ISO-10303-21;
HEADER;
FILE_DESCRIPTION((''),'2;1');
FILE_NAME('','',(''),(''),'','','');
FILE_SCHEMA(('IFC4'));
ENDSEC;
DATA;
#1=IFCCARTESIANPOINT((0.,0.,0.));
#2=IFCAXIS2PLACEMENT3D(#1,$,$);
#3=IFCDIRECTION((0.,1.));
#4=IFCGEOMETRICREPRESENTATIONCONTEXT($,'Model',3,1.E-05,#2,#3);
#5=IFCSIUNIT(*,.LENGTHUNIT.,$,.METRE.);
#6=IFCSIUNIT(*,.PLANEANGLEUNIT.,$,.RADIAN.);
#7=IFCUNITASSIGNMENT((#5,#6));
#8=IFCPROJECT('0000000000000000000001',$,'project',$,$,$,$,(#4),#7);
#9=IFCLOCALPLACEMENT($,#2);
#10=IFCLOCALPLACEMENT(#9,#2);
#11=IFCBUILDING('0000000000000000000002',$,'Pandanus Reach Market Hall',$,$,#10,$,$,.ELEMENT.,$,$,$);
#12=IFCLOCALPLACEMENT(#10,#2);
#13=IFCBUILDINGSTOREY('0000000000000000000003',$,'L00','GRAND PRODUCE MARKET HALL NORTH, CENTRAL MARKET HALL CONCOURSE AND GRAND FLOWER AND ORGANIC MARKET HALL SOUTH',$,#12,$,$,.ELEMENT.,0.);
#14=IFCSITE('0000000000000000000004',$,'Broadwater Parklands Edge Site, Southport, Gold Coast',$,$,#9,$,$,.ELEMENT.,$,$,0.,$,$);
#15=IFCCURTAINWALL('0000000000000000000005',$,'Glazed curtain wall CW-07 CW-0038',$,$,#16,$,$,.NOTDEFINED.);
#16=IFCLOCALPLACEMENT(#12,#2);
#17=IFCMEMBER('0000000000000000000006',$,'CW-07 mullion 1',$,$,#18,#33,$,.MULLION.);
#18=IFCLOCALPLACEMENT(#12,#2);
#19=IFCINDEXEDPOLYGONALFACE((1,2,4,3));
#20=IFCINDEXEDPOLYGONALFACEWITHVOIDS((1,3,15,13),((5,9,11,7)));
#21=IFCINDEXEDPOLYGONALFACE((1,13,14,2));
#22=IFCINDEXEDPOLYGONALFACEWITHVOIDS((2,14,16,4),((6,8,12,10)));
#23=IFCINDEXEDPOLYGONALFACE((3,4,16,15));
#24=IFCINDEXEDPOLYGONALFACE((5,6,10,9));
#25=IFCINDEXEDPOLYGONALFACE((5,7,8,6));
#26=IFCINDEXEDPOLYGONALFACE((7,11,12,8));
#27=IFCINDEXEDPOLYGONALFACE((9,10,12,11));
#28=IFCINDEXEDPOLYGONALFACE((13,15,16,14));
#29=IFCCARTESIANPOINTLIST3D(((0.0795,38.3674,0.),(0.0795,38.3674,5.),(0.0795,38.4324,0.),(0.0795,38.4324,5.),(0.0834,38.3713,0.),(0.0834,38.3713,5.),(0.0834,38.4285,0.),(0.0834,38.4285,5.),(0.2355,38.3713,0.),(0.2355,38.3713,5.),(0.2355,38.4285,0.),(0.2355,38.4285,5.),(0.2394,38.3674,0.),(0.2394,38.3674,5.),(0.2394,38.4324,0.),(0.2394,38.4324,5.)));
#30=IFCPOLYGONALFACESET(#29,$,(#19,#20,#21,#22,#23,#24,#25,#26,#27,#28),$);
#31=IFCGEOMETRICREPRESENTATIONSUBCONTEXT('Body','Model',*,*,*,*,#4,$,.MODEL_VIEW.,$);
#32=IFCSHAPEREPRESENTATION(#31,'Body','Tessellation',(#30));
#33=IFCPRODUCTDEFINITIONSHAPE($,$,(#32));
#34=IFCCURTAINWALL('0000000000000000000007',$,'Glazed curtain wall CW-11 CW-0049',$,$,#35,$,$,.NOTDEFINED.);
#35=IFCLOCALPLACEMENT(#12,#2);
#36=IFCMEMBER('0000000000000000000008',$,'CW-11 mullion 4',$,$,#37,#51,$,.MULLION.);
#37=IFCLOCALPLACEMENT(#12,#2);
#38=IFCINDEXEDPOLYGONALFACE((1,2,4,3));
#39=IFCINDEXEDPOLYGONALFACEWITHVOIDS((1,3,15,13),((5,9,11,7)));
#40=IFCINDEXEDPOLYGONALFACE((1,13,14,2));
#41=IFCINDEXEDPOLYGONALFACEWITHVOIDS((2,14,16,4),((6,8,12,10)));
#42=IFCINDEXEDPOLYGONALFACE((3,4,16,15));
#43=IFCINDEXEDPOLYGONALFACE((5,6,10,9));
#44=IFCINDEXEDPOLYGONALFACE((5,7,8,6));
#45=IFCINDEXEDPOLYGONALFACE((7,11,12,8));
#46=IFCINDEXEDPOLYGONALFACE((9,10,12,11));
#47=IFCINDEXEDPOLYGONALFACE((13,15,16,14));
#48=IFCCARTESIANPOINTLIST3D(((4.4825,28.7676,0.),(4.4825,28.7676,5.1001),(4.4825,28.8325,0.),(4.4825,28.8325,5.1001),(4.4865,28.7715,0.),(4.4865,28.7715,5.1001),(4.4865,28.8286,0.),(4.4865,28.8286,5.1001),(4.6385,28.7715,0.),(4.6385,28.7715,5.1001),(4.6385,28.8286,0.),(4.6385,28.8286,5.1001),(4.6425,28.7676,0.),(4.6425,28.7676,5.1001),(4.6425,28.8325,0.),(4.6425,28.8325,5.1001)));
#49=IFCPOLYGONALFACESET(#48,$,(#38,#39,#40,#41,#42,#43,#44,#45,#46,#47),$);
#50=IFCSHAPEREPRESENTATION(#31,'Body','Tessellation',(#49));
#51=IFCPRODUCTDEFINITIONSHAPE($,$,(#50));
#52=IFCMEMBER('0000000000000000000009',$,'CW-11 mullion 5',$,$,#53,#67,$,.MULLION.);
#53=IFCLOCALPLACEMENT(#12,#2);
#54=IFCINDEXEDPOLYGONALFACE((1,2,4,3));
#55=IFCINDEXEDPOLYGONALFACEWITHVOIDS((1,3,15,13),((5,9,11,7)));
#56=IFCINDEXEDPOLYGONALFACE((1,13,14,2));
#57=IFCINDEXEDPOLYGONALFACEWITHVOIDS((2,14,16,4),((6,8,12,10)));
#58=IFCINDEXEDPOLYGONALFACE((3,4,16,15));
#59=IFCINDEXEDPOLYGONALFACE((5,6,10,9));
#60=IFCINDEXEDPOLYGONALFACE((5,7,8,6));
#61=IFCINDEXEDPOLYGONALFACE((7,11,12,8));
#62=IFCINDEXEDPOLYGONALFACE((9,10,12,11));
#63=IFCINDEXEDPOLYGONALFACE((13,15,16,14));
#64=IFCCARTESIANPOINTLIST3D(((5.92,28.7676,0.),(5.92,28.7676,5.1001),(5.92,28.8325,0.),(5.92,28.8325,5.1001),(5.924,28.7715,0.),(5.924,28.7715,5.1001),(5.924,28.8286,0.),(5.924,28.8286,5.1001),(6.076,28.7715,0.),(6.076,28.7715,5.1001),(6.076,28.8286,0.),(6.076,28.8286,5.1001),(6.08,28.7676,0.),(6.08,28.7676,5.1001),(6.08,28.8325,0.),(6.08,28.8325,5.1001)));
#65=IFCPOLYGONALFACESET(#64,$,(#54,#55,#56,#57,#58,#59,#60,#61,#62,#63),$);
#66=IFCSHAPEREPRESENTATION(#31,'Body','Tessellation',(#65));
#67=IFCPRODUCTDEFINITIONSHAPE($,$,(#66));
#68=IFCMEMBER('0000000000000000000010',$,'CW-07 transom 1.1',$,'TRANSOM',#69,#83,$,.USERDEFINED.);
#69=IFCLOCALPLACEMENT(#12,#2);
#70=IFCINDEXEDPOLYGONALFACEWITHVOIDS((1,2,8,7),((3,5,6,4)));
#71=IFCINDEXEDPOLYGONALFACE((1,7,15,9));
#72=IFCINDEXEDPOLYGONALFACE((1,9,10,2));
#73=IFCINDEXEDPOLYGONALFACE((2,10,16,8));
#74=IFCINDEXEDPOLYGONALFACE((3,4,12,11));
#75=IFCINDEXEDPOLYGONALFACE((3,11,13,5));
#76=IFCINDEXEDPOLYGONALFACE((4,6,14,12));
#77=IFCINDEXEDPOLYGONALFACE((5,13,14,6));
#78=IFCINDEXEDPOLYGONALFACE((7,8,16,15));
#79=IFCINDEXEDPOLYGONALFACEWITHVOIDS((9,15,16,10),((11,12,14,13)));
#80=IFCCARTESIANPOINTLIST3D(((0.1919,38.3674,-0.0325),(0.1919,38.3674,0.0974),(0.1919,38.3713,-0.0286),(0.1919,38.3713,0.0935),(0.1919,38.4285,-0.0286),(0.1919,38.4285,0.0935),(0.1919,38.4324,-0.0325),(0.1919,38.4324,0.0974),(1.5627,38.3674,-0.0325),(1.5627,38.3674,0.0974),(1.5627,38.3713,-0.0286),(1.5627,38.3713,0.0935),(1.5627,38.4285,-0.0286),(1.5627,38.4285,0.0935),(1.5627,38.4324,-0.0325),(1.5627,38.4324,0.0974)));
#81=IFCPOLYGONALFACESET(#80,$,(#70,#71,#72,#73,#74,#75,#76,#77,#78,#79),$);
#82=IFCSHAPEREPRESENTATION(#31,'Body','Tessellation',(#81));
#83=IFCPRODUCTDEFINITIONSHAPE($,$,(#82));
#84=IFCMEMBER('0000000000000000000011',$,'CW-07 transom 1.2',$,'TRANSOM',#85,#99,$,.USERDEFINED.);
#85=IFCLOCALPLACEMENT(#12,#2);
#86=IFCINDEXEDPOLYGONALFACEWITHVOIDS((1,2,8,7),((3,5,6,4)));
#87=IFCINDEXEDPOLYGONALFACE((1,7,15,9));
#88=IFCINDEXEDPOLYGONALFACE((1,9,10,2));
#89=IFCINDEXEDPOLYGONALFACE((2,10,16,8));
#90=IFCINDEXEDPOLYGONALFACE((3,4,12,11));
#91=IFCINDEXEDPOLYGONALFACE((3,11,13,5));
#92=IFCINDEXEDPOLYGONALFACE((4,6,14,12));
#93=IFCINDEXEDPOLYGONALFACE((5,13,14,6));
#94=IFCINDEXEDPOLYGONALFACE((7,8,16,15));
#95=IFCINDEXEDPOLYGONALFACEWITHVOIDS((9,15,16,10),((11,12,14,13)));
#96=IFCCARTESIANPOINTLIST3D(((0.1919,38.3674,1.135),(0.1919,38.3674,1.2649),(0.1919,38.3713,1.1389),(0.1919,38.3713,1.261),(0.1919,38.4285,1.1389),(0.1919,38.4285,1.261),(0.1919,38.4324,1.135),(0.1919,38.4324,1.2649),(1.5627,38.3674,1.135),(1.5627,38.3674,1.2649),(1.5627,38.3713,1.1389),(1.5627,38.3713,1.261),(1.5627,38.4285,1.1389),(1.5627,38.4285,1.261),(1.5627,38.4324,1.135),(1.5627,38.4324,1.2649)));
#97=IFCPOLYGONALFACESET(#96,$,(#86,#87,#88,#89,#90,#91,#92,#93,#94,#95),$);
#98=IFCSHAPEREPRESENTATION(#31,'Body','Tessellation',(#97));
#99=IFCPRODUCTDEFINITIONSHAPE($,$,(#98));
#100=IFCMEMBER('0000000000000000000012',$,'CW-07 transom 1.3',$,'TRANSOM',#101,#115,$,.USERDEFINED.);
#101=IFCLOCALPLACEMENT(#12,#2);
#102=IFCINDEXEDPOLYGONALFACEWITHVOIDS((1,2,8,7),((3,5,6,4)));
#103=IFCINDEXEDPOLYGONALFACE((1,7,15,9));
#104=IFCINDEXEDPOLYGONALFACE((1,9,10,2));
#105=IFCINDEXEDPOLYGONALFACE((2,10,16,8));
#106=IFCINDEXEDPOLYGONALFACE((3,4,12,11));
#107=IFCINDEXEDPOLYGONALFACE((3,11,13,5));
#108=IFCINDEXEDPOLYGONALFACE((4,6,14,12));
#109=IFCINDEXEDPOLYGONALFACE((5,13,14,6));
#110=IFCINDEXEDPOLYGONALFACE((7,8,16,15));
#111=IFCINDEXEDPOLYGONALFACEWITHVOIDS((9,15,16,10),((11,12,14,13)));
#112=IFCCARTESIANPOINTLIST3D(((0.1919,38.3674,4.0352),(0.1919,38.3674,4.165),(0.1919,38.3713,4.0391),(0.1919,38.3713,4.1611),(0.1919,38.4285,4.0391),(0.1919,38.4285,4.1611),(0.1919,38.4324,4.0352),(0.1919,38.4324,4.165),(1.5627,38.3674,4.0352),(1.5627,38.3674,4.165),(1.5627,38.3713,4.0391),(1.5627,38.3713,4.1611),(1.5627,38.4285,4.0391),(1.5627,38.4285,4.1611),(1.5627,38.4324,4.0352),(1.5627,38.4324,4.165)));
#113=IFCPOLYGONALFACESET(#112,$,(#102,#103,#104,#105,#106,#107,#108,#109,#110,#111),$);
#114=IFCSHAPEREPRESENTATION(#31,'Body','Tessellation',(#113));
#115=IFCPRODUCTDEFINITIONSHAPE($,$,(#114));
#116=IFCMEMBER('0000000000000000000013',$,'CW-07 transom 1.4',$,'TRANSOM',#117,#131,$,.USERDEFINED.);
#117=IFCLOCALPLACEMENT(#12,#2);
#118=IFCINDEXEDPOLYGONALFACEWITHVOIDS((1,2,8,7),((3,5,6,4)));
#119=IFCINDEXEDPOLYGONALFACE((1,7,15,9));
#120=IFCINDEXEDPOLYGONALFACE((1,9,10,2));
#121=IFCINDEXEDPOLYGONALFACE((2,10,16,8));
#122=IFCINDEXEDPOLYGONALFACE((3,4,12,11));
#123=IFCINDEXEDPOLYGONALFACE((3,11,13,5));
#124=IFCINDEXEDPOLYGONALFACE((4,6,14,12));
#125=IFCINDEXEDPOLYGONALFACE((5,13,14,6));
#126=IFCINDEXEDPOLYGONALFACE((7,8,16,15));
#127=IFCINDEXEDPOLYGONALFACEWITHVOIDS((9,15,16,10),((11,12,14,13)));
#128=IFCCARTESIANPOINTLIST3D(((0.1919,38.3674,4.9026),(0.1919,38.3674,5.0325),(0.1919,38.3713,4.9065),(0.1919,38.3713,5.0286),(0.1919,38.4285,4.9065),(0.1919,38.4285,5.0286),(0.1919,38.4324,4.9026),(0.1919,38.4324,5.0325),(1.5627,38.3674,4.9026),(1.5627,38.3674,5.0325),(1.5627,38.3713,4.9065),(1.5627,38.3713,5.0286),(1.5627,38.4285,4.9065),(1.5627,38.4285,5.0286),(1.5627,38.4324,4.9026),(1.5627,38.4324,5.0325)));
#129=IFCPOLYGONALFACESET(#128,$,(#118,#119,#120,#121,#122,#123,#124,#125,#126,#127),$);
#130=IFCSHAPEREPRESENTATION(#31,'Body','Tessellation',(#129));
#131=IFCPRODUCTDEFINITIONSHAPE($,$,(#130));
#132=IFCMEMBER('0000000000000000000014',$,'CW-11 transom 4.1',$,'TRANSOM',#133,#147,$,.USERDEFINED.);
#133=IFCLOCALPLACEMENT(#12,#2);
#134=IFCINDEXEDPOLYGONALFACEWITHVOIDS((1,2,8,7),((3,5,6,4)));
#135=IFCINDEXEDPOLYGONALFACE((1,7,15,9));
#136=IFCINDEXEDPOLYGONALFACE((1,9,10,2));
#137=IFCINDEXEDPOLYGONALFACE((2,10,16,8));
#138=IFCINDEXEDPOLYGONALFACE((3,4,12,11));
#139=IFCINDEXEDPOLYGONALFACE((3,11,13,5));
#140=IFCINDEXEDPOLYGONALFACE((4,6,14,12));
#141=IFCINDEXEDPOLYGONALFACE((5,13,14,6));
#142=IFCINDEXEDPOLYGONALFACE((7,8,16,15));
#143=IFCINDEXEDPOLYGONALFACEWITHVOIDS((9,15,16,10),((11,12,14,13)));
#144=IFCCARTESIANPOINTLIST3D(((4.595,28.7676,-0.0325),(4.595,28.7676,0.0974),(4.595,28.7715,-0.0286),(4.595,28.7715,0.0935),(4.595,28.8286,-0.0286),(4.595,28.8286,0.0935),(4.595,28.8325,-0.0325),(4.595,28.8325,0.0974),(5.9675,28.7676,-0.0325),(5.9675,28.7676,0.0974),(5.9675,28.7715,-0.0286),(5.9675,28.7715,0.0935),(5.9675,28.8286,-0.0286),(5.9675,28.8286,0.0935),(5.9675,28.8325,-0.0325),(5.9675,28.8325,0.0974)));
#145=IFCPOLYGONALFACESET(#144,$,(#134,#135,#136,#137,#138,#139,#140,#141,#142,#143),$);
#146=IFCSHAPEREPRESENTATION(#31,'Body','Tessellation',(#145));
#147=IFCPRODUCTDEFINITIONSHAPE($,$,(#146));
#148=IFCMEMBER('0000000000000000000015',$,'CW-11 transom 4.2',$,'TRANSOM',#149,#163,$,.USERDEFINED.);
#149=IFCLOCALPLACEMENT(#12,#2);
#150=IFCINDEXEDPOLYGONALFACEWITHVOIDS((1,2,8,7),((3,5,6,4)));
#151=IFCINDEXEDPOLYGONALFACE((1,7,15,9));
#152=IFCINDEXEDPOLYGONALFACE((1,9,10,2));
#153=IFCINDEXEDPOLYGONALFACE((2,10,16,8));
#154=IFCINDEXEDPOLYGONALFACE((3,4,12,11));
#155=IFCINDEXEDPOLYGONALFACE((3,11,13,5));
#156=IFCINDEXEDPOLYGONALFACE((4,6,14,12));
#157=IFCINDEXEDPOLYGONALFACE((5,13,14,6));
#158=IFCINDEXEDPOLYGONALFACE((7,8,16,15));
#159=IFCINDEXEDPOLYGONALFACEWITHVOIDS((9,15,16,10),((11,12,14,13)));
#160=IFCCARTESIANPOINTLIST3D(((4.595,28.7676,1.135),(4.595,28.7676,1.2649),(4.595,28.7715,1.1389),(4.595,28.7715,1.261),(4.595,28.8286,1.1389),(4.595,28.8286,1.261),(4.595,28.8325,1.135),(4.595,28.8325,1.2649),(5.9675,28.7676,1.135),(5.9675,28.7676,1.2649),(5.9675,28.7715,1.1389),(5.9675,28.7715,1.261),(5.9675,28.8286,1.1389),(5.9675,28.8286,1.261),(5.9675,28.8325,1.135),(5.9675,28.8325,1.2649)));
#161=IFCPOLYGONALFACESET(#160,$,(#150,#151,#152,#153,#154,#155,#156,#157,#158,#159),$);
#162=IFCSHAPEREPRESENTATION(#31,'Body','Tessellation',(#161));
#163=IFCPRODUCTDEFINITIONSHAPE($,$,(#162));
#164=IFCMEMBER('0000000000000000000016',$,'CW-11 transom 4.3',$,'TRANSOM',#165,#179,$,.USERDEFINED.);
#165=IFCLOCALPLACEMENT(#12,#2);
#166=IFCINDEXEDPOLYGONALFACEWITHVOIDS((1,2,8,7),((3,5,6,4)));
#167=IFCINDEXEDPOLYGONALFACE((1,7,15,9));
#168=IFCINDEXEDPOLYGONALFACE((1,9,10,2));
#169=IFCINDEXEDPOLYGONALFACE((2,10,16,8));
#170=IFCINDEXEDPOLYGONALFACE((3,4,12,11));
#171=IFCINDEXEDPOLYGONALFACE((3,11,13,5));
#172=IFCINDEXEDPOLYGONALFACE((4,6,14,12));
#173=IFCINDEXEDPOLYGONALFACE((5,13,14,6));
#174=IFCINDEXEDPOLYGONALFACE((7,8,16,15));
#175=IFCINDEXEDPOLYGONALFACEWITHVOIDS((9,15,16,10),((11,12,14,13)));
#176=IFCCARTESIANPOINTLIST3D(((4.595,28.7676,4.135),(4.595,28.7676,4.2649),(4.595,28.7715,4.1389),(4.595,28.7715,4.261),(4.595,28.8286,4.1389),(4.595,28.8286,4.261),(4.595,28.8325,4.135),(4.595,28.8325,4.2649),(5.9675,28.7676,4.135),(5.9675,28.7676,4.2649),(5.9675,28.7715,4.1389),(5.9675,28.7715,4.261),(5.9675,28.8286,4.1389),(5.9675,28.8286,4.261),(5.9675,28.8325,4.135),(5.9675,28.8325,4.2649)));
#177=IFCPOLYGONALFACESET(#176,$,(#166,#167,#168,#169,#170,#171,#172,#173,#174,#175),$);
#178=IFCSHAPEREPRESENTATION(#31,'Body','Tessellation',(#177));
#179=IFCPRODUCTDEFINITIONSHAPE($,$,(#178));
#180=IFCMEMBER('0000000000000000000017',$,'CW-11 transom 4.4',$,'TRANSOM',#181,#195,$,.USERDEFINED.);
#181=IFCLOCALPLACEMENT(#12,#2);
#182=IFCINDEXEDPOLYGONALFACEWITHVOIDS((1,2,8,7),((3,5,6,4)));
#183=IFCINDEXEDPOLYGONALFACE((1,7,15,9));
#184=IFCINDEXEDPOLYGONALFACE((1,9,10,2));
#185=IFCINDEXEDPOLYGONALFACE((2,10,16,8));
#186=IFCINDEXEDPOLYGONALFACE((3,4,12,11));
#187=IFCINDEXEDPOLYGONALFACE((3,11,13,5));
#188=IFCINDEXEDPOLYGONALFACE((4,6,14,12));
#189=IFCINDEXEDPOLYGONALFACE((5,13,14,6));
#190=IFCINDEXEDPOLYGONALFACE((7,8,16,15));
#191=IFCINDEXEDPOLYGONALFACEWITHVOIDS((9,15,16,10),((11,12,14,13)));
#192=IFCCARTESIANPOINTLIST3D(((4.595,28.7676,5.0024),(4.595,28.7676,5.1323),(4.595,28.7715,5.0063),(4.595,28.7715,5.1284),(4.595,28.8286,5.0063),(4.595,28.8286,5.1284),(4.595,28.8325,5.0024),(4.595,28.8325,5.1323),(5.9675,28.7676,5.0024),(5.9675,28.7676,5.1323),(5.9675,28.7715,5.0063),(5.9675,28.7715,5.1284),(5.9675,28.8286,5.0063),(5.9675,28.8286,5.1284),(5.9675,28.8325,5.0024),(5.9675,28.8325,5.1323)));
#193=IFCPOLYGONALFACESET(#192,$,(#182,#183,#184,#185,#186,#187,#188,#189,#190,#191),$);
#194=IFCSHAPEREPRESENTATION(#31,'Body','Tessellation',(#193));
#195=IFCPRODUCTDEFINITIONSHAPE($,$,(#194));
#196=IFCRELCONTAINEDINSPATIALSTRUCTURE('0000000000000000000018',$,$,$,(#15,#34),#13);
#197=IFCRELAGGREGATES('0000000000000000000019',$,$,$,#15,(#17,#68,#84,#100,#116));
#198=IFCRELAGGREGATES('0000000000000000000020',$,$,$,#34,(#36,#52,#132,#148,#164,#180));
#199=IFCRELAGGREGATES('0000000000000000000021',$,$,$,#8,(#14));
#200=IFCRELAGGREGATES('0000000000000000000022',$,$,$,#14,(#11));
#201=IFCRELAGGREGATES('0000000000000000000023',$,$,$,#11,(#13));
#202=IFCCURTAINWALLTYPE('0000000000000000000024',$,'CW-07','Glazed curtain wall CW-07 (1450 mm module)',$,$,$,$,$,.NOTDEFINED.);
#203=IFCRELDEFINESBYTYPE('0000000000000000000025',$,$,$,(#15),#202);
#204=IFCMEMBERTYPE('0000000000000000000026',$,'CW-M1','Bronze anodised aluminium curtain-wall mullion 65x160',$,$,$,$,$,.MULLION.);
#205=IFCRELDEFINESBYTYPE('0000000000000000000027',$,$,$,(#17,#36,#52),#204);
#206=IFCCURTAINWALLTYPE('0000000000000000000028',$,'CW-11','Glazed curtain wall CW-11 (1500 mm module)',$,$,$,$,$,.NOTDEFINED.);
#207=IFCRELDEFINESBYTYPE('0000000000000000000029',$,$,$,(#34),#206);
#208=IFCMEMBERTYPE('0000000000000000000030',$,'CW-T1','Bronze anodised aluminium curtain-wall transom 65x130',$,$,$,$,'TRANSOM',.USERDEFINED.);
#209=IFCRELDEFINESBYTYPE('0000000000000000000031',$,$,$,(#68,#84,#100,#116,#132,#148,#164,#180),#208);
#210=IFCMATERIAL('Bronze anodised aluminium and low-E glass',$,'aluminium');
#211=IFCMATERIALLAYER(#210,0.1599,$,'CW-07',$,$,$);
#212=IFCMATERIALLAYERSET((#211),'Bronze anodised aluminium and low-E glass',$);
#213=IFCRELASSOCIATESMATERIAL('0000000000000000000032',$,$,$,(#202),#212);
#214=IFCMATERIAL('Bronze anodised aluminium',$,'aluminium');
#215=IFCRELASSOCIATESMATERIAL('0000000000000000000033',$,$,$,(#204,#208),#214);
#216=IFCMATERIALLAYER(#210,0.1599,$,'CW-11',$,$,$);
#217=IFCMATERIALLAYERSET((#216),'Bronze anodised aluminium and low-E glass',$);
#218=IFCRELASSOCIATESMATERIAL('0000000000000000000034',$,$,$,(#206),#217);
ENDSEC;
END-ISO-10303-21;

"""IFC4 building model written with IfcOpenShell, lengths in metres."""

from ifc_helpers import new_model, si_unit, direction, frame, origin, origin_2d, place, context, subcontext, project, spatial, hollow_rectangle, extrude, material, layer, layer_set, material_profile, profile_set, type_object, element, aggregate, save


model = new_model("IFC4")

# Units and contexts
model_context = context("Model", 3, precision=1e-05, world=origin(), true_north=direction((0.0, 1.0)))
body_context = subcontext(model_context, "Body", "Model", "MODEL_VIEW")
ifc_project = project(units=[si_unit("LENGTHUNIT", "METRE"), si_unit("PLANEANGLEUNIT", "RADIAN")], contexts=[model_context])

# Site, building, storey
site_placement = place(None, origin())
site = spatial("IfcSite", under=ifc_project, at=site_placement, Name="Broadwater Parklands Edge Site, Southport, Gold Coast", CompositionType="ELEMENT", RefElevation=0.0)
building_placement = place(site_placement, origin())
building = spatial("IfcBuilding", under=site, at=building_placement, Name="Pandanus Reach Market Hall", CompositionType="ELEMENT")
storey_placement = place(building_placement, origin())
storey = spatial("IfcBuildingStorey", under=building, at=storey_placement, Name="L00", Description="GRAND PRODUCE MARKET HALL NORTH, CENTRAL MARKET HALL CONCOURSE AND GRAND FLOWER AND ORGANIC MARKET HALL SOUTH", CompositionType="ELEMENT", Elevation=0.0)

# Curtain wall, member
ifc_material_1 = material(Name="Bronze anodised aluminium and low-E glass", Category="aluminium")
ifc_layer_1 = layer(ifc_material_1, 0.1599, Name="CW-07")
ifc_layer_set_1 = layer_set([ifc_layer_1], Name="Bronze anodised aluminium and low-E glass")
curtain_wall_type_1 = type_object("IfcCurtainWallType", Name="CW-07", Description="Glazed curtain wall CW-07 (1450 mm module)", PredefinedType="NOTDEFINED", material=ifc_layer_set_1)
curtain_wall_1_placement = place(storey_placement, origin())
curtain_wall_1 = element("IfcCurtainWall", 1, at=curtain_wall_1_placement, inside=storey, type_object=curtain_wall_type_1, Name="Glazed curtain wall CW-07 CW-0038", PredefinedType="NOTDEFINED")
ifc_material_2 = material(Name="Bronze anodised aluminium", Category="aluminium")
ifc_material_profile_1 = material_profile(ifc_material_2, hollow_rectangle(XDim=0.0649, YDim=0.1599, WallThickness=0.0039, at=origin_2d()), Name="ALU65x160", Category="LoadBearing")
ifc_profile_set_1 = profile_set([ifc_material_profile_1], Name="Bronze anodised aluminium")
member_type_1 = type_object("IfcMemberType", Name="CW-M1", Description="Bronze anodised aluminium curtain-wall mullion 65x160", PredefinedType="MULLION", material=ifc_profile_set_1)
member_1_placement = place(storey_placement, frame((0.1594, 38.3999, 0.0), z_axis=(0.0, 0.0, 1.0), x_axis=(0.0, 1.0, 0.0)))
member_1 = element("IfcMember", 2, at=member_1_placement, type_object=member_type_1, Name="CW-07 mullion 1", PredefinedType="MULLION", context=body_context, shape_type="SweptSolid", body=[
    extrude(hollow_rectangle(XDim=0.0649, YDim=0.1599, WallThickness=0.0039, at=origin_2d()), origin(), (0.0, 0.0, 1.0), 5.0),
])

# Curtain wall, members
ifc_layer_2 = layer(ifc_material_1, 0.1599, Name="CW-11")
ifc_layer_set_2 = layer_set([ifc_layer_2], Name="Bronze anodised aluminium and low-E glass")
curtain_wall_type_2 = type_object("IfcCurtainWallType", Name="CW-11", Description="Glazed curtain wall CW-11 (1500 mm module)", PredefinedType="NOTDEFINED", material=ifc_layer_set_2)
curtain_wall_2_placement = place(storey_placement, origin())
curtain_wall_2 = element("IfcCurtainWall", 3, at=curtain_wall_2_placement, inside=storey, type_object=curtain_wall_type_2, Name="Glazed curtain wall CW-11 CW-0049", PredefinedType="NOTDEFINED")
member_2_placement = place(storey_placement, frame((4.5625, 28.8, 0.0), z_axis=(0.0, 0.0, 1.0), x_axis=(0.0, 1.0, 0.0)))
member_2 = element("IfcMember", 4, at=member_2_placement, type_object=member_type_1, Name="CW-11 mullion 4", PredefinedType="MULLION", context=body_context, shape_type="SweptSolid", body=[
    extrude(hollow_rectangle(XDim=0.0649, YDim=0.1599, WallThickness=0.0039, at=origin_2d()), origin(), (0.0, 0.0, 1.0), 5.1001),
])
member_3_placement = place(storey_placement, frame((6.0, 28.8, 0.0), z_axis=(0.0, 0.0, 1.0), x_axis=(0.0, 1.0, 0.0)))
member_3 = element("IfcMember", 5, at=member_3_placement, type_object=member_type_1, Name="CW-11 mullion 5", PredefinedType="MULLION", context=body_context, shape_type="SweptSolid", body=[
    extrude(hollow_rectangle(XDim=0.0649, YDim=0.1599, WallThickness=0.0039, at=origin_2d()), origin(), (0.0, 0.0, 1.0), 5.1001),
])

# Members
ifc_material_profile_2 = material_profile(ifc_material_2, hollow_rectangle(XDim=0.0649, YDim=0.1299, WallThickness=0.0039, at=origin_2d()), Name="ALU65x130", Category="LoadBearing")
ifc_profile_set_2 = profile_set([ifc_material_profile_2], Name="Bronze anodised aluminium")
member_type_2 = type_object("IfcMemberType", Name="CW-T1", Description="Bronze anodised aluminium curtain-wall transom 65x130", ElementType="TRANSOM", PredefinedType="USERDEFINED", material=ifc_profile_set_2)
member_4_placement = place(storey_placement, frame((0.1919, 38.3999, 0.0325), z_axis=(1.0, 0.0, 0.0), x_axis=(0.0, 1.0, 0.0)))
member_4 = element("IfcMember", 6, at=member_4_placement, type_object=member_type_2, Name="CW-07 transom 1.1", ObjectType="TRANSOM", PredefinedType="USERDEFINED", context=body_context, shape_type="SweptSolid", body=[
    extrude(hollow_rectangle(XDim=0.0649, YDim=0.1299, WallThickness=0.0039, at=origin_2d()), origin(), (0.0, 0.0, 1.0), 1.3708),
])
member_5_placement = place(storey_placement, frame((0.1919, 38.3999, 1.2), z_axis=(1.0, 0.0, 0.0), x_axis=(0.0, 1.0, 0.0)))
member_5 = element("IfcMember", 7, at=member_5_placement, type_object=member_type_2, Name="CW-07 transom 1.2", ObjectType="TRANSOM", PredefinedType="USERDEFINED", context=body_context, shape_type="SweptSolid", body=[
    extrude(hollow_rectangle(XDim=0.0649, YDim=0.1299, WallThickness=0.0039, at=origin_2d()), origin(), (0.0, 0.0, 1.0), 1.3708),
])
member_6_placement = place(storey_placement, frame((0.1919, 38.3999, 4.1001), z_axis=(1.0, 0.0, 0.0), x_axis=(0.0, 1.0, 0.0)))
member_6 = element("IfcMember", 8, at=member_6_placement, type_object=member_type_2, Name="CW-07 transom 1.3", ObjectType="TRANSOM", PredefinedType="USERDEFINED", context=body_context, shape_type="SweptSolid", body=[
    extrude(hollow_rectangle(XDim=0.0649, YDim=0.1299, WallThickness=0.0039, at=origin_2d()), origin(), (0.0, 0.0, 1.0), 1.3708),
])
member_7_placement = place(storey_placement, frame((0.1919, 38.3999, 4.9675), z_axis=(1.0, 0.0, 0.0), x_axis=(0.0, 1.0, 0.0)))
member_7 = element("IfcMember", 9, at=member_7_placement, type_object=member_type_2, Name="CW-07 transom 1.4", ObjectType="TRANSOM", PredefinedType="USERDEFINED", context=body_context, shape_type="SweptSolid", body=[
    extrude(hollow_rectangle(XDim=0.0649, YDim=0.1299, WallThickness=0.0039, at=origin_2d()), origin(), (0.0, 0.0, 1.0), 1.3708),
])
member_8_placement = place(storey_placement, frame((4.595, 28.8, 0.0325), z_axis=(1.0, 0.0, 0.0), x_axis=(0.0, 1.0, 0.0)))
member_8 = element("IfcMember", 10, at=member_8_placement, type_object=member_type_2, Name="CW-11 transom 4.1", ObjectType="TRANSOM", PredefinedType="USERDEFINED", context=body_context, shape_type="SweptSolid", body=[
    extrude(hollow_rectangle(XDim=0.0649, YDim=0.1299, WallThickness=0.0039, at=origin_2d()), origin(), (0.0, 0.0, 1.0), 1.3726),
])
member_9_placement = place(storey_placement, frame((4.595, 28.8, 1.2), z_axis=(1.0, 0.0, 0.0), x_axis=(0.0, 1.0, 0.0)))
member_9 = element("IfcMember", 11, at=member_9_placement, type_object=member_type_2, Name="CW-11 transom 4.2", ObjectType="TRANSOM", PredefinedType="USERDEFINED", context=body_context, shape_type="SweptSolid", body=[
    extrude(hollow_rectangle(XDim=0.0649, YDim=0.1299, WallThickness=0.0039, at=origin_2d()), origin(), (0.0, 0.0, 1.0), 1.3726),
])
member_10_placement = place(storey_placement, frame((4.595, 28.8, 4.2), z_axis=(1.0, 0.0, 0.0), x_axis=(0.0, 1.0, 0.0)))
member_10 = element("IfcMember", 12, at=member_10_placement, type_object=member_type_2, Name="CW-11 transom 4.3", ObjectType="TRANSOM", PredefinedType="USERDEFINED", context=body_context, shape_type="SweptSolid", body=[
    extrude(hollow_rectangle(XDim=0.0649, YDim=0.1299, WallThickness=0.0039, at=origin_2d()), origin(), (0.0, 0.0, 1.0), 1.3726),
])
member_11_placement = place(storey_placement, frame((4.595, 28.8, 5.0674), z_axis=(1.0, 0.0, 0.0), x_axis=(0.0, 1.0, 0.0)))
member_11 = element("IfcMember", 13, at=member_11_placement, type_object=member_type_2, Name="CW-11 transom 4.4", ObjectType="TRANSOM", PredefinedType="USERDEFINED", context=body_context, shape_type="SweptSolid", body=[
    extrude(hollow_rectangle(XDim=0.0649, YDim=0.1299, WallThickness=0.0039, at=origin_2d()), origin(), (0.0, 0.0, 1.0), 1.3726),
])

aggregate(curtain_wall_1, [member_1, member_4, member_5, member_6, member_7])
aggregate(curtain_wall_2, [member_2, member_3, member_8, member_9, member_10, member_11])

save(model, "model.ifc")
